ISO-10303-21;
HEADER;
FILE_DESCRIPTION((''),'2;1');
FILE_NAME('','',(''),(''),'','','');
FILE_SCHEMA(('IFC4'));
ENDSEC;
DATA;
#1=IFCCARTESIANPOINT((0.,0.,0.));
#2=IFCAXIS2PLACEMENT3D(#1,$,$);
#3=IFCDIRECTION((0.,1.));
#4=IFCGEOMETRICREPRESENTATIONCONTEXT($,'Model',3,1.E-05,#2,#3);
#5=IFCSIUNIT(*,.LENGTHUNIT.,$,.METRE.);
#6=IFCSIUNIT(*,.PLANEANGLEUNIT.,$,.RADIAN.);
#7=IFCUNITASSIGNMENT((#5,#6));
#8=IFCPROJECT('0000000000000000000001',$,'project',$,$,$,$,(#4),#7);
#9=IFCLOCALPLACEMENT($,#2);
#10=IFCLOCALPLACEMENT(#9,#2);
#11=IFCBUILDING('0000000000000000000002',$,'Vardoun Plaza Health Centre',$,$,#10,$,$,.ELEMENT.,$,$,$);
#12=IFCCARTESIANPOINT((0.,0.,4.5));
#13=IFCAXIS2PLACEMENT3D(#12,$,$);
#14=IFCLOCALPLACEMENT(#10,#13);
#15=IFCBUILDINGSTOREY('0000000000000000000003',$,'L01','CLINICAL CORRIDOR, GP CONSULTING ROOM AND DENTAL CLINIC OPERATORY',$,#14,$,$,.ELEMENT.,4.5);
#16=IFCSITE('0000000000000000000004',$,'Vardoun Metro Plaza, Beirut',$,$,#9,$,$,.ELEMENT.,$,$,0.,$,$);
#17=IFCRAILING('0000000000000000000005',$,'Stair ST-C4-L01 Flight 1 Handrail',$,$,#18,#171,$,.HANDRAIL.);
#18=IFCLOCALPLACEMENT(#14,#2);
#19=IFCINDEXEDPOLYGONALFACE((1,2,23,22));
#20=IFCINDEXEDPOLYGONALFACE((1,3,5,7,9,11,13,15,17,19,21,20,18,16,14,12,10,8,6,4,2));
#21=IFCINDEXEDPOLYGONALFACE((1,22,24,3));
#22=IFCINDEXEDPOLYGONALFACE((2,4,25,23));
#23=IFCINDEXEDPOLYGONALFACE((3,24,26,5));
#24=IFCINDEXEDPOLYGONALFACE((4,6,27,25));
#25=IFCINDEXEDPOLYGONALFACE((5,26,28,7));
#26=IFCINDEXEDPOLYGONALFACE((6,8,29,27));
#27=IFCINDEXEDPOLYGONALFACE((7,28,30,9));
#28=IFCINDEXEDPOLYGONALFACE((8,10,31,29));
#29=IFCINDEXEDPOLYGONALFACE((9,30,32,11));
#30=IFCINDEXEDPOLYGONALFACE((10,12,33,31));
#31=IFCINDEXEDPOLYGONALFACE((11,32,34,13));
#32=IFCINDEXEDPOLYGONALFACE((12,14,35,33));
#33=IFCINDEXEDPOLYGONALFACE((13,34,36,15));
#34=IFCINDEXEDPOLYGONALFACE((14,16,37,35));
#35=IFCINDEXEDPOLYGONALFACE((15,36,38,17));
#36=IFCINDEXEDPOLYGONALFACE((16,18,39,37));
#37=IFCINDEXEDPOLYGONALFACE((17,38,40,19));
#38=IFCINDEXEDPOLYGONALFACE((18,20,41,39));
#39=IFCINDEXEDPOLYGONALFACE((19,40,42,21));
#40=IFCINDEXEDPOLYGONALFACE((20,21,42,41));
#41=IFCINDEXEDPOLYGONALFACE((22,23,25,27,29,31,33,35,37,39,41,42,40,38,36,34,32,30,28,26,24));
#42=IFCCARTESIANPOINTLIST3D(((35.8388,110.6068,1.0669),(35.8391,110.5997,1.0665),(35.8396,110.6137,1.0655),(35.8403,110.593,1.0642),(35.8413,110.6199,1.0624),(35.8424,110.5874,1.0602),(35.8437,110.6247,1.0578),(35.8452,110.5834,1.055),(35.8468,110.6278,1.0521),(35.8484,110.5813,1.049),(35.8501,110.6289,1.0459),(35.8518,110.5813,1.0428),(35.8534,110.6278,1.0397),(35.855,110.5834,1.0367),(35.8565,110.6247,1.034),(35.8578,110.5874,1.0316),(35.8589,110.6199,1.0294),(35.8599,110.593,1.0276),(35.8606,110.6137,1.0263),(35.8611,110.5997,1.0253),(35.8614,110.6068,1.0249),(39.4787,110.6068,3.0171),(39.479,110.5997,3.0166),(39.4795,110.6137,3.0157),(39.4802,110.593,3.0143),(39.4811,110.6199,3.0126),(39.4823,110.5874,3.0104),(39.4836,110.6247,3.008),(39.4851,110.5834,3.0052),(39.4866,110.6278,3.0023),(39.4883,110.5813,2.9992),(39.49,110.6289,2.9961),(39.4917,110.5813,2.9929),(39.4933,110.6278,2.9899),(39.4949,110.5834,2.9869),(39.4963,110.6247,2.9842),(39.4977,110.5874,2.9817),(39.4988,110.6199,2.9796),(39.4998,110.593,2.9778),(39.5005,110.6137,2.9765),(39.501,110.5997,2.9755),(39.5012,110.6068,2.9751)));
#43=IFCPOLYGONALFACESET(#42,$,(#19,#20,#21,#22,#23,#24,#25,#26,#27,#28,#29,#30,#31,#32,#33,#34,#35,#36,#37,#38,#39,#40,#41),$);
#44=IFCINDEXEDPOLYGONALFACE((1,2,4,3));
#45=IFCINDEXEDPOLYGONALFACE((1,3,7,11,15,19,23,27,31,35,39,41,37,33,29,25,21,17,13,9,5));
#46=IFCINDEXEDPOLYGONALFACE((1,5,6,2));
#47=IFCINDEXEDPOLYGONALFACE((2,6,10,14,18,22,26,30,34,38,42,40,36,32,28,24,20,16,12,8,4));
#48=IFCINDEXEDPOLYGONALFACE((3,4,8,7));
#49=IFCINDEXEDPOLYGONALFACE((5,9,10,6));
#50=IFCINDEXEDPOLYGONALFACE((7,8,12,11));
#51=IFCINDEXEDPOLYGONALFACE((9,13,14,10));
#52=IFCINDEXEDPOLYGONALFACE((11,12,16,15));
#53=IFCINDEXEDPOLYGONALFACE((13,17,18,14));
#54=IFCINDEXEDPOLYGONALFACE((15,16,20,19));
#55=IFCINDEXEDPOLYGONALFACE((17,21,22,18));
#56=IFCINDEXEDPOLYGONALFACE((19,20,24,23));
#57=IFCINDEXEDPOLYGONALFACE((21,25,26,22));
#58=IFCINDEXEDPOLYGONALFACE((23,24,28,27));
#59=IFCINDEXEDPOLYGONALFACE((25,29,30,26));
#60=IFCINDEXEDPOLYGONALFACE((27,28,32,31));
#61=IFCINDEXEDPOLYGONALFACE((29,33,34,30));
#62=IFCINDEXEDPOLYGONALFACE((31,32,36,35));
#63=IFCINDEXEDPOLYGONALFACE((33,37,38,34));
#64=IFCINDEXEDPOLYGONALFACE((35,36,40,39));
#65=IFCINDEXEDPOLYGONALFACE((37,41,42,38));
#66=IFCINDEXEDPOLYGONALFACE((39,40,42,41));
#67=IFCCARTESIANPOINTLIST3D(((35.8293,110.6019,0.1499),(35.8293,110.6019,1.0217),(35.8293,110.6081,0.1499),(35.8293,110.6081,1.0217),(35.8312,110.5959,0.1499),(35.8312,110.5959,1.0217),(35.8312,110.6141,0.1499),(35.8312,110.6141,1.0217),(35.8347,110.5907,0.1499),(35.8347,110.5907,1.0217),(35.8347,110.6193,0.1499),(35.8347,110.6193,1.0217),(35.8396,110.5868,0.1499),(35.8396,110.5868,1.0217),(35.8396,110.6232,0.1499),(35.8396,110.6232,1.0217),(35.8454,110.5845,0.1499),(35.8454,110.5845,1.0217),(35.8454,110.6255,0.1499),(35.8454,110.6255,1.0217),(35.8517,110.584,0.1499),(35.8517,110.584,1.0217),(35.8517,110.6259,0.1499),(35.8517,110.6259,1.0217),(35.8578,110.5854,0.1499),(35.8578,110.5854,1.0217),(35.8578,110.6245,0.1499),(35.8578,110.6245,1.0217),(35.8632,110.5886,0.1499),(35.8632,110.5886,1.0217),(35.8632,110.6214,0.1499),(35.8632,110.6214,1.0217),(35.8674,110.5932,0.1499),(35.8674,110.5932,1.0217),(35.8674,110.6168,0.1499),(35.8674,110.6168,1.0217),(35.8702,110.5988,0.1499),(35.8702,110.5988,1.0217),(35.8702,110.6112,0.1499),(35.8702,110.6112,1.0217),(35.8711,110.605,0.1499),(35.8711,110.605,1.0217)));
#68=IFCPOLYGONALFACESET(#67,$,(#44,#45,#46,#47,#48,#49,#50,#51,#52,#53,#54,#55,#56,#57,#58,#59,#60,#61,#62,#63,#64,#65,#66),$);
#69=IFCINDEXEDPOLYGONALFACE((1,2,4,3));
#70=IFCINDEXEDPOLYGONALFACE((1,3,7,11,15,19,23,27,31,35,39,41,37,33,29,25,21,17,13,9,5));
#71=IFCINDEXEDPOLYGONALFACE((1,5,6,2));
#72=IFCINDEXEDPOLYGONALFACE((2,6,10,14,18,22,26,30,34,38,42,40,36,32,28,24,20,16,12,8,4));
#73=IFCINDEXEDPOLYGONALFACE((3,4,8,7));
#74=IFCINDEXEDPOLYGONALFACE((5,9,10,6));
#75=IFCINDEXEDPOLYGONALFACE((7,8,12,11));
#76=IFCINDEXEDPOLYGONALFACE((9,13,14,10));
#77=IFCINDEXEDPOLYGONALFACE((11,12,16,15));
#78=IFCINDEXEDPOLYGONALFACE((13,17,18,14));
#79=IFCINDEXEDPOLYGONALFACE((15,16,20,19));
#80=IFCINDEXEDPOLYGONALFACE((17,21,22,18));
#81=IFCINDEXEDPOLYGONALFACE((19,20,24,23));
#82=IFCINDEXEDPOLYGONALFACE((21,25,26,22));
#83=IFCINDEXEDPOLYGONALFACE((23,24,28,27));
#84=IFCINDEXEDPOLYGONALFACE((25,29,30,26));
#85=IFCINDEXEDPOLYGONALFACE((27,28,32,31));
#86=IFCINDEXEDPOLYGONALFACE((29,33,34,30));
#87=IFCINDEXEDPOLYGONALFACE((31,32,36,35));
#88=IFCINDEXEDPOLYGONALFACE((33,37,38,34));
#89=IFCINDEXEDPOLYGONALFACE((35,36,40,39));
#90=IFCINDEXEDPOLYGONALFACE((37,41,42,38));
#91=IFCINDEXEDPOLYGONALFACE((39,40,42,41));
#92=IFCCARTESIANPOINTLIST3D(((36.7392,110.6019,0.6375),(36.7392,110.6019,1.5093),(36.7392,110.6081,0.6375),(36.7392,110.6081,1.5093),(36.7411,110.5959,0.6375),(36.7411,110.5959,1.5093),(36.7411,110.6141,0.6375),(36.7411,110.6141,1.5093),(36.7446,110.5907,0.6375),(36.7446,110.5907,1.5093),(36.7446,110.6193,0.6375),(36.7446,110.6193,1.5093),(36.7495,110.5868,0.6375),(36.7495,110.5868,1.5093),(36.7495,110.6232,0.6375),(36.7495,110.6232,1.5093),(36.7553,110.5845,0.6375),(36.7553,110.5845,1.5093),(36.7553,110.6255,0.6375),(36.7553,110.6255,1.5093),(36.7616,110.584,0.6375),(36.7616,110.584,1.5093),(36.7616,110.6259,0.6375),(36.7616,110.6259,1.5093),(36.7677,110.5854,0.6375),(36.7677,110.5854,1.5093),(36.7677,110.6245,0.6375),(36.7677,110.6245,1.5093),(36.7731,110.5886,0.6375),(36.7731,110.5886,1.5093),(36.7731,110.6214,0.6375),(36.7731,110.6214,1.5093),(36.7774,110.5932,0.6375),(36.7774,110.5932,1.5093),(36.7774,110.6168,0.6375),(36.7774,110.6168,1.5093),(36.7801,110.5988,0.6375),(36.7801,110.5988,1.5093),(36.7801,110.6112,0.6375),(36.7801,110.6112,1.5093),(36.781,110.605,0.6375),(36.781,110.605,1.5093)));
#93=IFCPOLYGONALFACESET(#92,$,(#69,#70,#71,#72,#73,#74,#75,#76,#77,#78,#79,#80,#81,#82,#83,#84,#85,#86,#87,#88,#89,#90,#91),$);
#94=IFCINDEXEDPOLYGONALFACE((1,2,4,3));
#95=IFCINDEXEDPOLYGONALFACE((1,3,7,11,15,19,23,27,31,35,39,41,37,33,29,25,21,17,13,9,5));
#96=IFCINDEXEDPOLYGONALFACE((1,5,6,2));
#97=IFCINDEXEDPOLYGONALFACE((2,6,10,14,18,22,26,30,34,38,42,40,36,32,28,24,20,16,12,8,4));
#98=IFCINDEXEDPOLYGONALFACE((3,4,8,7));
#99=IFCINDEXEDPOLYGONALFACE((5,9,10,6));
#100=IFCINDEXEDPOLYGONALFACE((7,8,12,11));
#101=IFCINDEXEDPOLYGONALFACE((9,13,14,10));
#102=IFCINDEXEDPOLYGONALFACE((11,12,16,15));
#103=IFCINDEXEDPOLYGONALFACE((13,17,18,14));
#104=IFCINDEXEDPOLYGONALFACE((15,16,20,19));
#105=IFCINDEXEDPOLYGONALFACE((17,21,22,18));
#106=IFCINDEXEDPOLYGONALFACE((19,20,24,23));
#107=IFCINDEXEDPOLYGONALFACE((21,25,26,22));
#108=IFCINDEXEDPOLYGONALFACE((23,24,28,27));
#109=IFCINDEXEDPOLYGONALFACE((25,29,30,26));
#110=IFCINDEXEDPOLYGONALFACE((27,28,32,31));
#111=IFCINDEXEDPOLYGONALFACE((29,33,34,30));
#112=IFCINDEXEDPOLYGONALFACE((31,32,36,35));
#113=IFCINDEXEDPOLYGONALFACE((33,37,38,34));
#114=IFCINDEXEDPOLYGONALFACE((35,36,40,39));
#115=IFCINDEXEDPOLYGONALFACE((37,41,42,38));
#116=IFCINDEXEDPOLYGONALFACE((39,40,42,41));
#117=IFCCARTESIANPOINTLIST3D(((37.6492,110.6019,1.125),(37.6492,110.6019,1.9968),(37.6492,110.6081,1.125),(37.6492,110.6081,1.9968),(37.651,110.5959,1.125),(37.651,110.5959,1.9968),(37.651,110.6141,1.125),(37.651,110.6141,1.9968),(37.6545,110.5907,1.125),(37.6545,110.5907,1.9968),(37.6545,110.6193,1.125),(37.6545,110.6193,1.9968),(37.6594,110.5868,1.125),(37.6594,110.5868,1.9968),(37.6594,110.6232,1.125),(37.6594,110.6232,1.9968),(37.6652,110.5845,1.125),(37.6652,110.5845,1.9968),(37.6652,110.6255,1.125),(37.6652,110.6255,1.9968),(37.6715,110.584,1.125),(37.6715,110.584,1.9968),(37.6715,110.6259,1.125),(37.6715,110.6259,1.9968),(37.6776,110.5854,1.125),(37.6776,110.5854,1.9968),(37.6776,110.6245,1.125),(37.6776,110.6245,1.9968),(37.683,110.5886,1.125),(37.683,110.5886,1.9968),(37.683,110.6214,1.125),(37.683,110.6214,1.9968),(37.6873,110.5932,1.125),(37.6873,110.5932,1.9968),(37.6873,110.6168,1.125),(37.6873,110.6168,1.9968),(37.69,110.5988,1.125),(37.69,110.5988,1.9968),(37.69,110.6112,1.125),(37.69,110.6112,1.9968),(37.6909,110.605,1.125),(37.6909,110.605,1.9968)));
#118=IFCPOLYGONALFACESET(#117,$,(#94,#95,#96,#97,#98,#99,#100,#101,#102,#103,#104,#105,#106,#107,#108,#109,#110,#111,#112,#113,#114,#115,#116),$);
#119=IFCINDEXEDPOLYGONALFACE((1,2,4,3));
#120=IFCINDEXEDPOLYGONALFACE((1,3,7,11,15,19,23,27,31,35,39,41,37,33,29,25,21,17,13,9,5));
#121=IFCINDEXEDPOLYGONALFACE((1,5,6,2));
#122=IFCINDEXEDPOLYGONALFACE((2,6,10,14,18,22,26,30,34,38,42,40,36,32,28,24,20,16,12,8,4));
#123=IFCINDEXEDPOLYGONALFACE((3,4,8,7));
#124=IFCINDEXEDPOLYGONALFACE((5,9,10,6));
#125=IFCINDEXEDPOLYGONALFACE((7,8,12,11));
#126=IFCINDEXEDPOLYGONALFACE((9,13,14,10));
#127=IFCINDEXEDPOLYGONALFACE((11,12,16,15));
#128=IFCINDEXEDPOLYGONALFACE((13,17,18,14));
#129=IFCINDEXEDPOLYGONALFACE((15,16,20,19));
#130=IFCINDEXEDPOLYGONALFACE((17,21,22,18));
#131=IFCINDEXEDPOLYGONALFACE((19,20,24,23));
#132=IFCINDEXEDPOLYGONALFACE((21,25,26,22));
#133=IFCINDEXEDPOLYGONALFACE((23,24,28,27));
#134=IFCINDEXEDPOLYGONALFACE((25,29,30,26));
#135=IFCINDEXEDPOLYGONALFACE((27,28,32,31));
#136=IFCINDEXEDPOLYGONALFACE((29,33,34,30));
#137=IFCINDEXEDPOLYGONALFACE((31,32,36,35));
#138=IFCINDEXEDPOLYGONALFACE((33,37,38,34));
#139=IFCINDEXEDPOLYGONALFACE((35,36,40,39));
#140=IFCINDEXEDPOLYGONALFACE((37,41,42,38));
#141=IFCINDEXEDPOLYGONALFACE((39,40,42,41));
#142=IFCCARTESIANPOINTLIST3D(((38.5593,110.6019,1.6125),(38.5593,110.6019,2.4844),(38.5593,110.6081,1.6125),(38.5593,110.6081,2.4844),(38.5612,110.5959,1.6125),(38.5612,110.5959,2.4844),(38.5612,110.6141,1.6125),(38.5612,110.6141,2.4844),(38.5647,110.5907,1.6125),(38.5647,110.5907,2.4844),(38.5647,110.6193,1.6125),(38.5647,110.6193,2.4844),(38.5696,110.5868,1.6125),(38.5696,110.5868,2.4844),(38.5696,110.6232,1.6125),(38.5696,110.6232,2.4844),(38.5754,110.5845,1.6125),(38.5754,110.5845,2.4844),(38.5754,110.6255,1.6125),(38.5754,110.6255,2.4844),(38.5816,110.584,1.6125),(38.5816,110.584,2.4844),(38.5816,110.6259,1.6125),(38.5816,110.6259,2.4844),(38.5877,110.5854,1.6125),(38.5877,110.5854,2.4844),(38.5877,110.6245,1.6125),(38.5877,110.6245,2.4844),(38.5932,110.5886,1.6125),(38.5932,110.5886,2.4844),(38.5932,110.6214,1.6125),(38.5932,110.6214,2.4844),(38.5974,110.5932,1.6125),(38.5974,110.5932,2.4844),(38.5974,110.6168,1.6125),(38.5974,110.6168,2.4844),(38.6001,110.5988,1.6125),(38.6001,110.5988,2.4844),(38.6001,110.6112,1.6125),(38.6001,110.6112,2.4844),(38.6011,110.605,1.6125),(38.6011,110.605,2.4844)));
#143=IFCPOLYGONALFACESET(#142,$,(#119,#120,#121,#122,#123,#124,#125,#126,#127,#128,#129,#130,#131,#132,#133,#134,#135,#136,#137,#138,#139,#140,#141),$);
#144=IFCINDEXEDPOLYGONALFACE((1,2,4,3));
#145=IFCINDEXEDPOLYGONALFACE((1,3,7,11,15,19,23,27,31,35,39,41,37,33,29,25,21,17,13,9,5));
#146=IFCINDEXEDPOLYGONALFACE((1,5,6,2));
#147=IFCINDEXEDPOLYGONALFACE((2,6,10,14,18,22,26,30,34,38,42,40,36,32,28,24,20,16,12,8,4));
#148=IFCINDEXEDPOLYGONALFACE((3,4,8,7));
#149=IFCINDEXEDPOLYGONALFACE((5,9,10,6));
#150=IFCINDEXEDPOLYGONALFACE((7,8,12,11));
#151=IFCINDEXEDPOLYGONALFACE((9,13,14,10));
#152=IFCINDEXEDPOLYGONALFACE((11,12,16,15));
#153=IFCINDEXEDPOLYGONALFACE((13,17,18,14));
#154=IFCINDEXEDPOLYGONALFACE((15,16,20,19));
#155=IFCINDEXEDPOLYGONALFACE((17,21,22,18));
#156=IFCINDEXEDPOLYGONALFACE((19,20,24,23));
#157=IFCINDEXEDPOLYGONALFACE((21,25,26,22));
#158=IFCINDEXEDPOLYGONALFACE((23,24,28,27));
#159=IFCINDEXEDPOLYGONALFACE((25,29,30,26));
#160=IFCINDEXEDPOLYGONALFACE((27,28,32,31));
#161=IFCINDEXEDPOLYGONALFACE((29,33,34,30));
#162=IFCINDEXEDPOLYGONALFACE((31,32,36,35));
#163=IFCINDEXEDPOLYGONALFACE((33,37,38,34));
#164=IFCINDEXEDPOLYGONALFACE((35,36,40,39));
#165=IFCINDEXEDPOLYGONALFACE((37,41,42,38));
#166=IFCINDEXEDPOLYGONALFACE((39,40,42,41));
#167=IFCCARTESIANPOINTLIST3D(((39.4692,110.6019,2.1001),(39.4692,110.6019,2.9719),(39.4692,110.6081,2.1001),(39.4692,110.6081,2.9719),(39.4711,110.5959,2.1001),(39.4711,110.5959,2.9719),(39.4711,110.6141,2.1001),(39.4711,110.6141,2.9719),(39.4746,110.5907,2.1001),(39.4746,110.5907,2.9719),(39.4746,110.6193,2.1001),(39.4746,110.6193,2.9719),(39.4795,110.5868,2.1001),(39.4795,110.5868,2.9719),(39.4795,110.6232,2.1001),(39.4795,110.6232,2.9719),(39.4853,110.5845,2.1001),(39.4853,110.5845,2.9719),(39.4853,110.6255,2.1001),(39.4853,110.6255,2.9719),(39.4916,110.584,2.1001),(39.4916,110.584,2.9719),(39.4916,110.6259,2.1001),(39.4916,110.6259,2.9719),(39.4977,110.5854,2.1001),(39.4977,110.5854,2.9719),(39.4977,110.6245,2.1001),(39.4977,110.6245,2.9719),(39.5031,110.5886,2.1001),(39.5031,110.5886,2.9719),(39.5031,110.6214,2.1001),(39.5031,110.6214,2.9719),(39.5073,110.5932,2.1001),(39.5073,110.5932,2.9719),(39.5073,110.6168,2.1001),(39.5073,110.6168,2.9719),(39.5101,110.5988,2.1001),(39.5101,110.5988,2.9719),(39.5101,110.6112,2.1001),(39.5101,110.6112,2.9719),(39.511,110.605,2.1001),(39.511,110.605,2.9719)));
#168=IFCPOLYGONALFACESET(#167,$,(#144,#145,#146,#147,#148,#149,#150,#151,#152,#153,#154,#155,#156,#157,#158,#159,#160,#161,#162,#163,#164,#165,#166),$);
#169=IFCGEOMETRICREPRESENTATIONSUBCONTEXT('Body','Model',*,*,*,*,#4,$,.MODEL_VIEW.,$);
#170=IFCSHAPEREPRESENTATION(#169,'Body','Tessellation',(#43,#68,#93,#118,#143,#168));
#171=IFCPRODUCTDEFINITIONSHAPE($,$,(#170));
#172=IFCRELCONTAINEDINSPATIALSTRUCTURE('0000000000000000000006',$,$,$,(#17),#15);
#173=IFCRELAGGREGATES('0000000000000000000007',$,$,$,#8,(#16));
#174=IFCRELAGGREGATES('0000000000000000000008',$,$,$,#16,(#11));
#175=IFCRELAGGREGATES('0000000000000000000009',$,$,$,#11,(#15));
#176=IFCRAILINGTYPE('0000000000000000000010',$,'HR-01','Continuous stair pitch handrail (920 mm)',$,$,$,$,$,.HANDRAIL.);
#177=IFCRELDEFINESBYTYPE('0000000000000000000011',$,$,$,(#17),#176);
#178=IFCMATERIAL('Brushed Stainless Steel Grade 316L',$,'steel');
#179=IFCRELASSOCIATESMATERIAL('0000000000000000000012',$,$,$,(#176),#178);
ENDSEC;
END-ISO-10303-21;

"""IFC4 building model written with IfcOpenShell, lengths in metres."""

from ifc_helpers import new_model, si_unit, direction, frame, origin, origin_2d, place, context, subcontext, project, spatial, circle, extrude, material, type_object, element, save


model = new_model("IFC4")

# Units and contexts
model_context = context("Model", 3, precision=1e-05, world=origin(), true_north=direction((0.0, 1.0)))
body_context = subcontext(model_context, "Body", "Model", "MODEL_VIEW")
ifc_project = project(units=[si_unit("LENGTHUNIT", "METRE"), si_unit("PLANEANGLEUNIT", "RADIAN")], contexts=[model_context])

# Site, building, storey
site_placement = place(None, origin())
site = spatial("IfcSite", under=ifc_project, at=site_placement, Name="Vardoun Metro Plaza, Beirut", CompositionType="ELEMENT", RefElevation=0.0)
building_placement = place(site_placement, origin())
building = spatial("IfcBuilding", under=site, at=building_placement, Name="Vardoun Plaza Health Centre", CompositionType="ELEMENT")
storey_placement = place(building_placement, frame((0.0, 0.0, 4.5)))
storey = spatial("IfcBuildingStorey", under=building, at=storey_placement, Name="L01", Description="CLINICAL CORRIDOR, GP CONSULTING ROOM AND DENTAL CLINIC OPERATORY", CompositionType="ELEMENT", Elevation=4.5)

# Railing
ifc_material_1 = material(Name="Brushed Stainless Steel Grade 316L", Category="steel")
railing_type_1 = type_object("IfcRailingType", Name="HR-01", Description="Continuous stair pitch handrail (920 mm)", PredefinedType="HANDRAIL", material=ifc_material_1)
railing_1_placement = place(storey_placement, frame((35.8501, 110.605, 0.1499)))
element("IfcRailing", 1, at=railing_1_placement, inside=storey, type_object=railing_type_1, Name="Stair ST-C4-L01 Flight 1 Handrail", PredefinedType="HANDRAIL", context=body_context, shape_type="SweptSolid", body=[
    extrude(circle(Radius=0.0239, at=origin_2d()), frame((0.0, 0.0, 0.896), z_axis=(0.881454, 0.0, 0.472269), x_axis=(0.0, 1.0, 0.0)), (0.0, 0.0, 1.0), 4.1294),
    extrude(circle(Radius=0.021, at=origin_2d()), origin(), (0.0, 0.0, 1.0), 0.8718),
    extrude(circle(Radius=0.021, at=origin_2d()), frame((0.9099, 0.0, 0.4875)), (0.0, 0.0, 1.0), 0.8718),
    extrude(circle(Radius=0.021, at=origin_2d()), frame((1.8198, 0.0, 0.9751)), (0.0, 0.0, 1.0), 0.8718),
    extrude(circle(Radius=0.021, at=origin_2d()), frame((2.73, 0.0, 1.4626)), (0.0, 0.0, 1.0), 0.8718),
    extrude(circle(Radius=0.021, at=origin_2d()), frame((3.6399, 0.0, 1.9502)), (0.0, 0.0, 1.0), 0.8718),
])

save(model, "model.ifc")
